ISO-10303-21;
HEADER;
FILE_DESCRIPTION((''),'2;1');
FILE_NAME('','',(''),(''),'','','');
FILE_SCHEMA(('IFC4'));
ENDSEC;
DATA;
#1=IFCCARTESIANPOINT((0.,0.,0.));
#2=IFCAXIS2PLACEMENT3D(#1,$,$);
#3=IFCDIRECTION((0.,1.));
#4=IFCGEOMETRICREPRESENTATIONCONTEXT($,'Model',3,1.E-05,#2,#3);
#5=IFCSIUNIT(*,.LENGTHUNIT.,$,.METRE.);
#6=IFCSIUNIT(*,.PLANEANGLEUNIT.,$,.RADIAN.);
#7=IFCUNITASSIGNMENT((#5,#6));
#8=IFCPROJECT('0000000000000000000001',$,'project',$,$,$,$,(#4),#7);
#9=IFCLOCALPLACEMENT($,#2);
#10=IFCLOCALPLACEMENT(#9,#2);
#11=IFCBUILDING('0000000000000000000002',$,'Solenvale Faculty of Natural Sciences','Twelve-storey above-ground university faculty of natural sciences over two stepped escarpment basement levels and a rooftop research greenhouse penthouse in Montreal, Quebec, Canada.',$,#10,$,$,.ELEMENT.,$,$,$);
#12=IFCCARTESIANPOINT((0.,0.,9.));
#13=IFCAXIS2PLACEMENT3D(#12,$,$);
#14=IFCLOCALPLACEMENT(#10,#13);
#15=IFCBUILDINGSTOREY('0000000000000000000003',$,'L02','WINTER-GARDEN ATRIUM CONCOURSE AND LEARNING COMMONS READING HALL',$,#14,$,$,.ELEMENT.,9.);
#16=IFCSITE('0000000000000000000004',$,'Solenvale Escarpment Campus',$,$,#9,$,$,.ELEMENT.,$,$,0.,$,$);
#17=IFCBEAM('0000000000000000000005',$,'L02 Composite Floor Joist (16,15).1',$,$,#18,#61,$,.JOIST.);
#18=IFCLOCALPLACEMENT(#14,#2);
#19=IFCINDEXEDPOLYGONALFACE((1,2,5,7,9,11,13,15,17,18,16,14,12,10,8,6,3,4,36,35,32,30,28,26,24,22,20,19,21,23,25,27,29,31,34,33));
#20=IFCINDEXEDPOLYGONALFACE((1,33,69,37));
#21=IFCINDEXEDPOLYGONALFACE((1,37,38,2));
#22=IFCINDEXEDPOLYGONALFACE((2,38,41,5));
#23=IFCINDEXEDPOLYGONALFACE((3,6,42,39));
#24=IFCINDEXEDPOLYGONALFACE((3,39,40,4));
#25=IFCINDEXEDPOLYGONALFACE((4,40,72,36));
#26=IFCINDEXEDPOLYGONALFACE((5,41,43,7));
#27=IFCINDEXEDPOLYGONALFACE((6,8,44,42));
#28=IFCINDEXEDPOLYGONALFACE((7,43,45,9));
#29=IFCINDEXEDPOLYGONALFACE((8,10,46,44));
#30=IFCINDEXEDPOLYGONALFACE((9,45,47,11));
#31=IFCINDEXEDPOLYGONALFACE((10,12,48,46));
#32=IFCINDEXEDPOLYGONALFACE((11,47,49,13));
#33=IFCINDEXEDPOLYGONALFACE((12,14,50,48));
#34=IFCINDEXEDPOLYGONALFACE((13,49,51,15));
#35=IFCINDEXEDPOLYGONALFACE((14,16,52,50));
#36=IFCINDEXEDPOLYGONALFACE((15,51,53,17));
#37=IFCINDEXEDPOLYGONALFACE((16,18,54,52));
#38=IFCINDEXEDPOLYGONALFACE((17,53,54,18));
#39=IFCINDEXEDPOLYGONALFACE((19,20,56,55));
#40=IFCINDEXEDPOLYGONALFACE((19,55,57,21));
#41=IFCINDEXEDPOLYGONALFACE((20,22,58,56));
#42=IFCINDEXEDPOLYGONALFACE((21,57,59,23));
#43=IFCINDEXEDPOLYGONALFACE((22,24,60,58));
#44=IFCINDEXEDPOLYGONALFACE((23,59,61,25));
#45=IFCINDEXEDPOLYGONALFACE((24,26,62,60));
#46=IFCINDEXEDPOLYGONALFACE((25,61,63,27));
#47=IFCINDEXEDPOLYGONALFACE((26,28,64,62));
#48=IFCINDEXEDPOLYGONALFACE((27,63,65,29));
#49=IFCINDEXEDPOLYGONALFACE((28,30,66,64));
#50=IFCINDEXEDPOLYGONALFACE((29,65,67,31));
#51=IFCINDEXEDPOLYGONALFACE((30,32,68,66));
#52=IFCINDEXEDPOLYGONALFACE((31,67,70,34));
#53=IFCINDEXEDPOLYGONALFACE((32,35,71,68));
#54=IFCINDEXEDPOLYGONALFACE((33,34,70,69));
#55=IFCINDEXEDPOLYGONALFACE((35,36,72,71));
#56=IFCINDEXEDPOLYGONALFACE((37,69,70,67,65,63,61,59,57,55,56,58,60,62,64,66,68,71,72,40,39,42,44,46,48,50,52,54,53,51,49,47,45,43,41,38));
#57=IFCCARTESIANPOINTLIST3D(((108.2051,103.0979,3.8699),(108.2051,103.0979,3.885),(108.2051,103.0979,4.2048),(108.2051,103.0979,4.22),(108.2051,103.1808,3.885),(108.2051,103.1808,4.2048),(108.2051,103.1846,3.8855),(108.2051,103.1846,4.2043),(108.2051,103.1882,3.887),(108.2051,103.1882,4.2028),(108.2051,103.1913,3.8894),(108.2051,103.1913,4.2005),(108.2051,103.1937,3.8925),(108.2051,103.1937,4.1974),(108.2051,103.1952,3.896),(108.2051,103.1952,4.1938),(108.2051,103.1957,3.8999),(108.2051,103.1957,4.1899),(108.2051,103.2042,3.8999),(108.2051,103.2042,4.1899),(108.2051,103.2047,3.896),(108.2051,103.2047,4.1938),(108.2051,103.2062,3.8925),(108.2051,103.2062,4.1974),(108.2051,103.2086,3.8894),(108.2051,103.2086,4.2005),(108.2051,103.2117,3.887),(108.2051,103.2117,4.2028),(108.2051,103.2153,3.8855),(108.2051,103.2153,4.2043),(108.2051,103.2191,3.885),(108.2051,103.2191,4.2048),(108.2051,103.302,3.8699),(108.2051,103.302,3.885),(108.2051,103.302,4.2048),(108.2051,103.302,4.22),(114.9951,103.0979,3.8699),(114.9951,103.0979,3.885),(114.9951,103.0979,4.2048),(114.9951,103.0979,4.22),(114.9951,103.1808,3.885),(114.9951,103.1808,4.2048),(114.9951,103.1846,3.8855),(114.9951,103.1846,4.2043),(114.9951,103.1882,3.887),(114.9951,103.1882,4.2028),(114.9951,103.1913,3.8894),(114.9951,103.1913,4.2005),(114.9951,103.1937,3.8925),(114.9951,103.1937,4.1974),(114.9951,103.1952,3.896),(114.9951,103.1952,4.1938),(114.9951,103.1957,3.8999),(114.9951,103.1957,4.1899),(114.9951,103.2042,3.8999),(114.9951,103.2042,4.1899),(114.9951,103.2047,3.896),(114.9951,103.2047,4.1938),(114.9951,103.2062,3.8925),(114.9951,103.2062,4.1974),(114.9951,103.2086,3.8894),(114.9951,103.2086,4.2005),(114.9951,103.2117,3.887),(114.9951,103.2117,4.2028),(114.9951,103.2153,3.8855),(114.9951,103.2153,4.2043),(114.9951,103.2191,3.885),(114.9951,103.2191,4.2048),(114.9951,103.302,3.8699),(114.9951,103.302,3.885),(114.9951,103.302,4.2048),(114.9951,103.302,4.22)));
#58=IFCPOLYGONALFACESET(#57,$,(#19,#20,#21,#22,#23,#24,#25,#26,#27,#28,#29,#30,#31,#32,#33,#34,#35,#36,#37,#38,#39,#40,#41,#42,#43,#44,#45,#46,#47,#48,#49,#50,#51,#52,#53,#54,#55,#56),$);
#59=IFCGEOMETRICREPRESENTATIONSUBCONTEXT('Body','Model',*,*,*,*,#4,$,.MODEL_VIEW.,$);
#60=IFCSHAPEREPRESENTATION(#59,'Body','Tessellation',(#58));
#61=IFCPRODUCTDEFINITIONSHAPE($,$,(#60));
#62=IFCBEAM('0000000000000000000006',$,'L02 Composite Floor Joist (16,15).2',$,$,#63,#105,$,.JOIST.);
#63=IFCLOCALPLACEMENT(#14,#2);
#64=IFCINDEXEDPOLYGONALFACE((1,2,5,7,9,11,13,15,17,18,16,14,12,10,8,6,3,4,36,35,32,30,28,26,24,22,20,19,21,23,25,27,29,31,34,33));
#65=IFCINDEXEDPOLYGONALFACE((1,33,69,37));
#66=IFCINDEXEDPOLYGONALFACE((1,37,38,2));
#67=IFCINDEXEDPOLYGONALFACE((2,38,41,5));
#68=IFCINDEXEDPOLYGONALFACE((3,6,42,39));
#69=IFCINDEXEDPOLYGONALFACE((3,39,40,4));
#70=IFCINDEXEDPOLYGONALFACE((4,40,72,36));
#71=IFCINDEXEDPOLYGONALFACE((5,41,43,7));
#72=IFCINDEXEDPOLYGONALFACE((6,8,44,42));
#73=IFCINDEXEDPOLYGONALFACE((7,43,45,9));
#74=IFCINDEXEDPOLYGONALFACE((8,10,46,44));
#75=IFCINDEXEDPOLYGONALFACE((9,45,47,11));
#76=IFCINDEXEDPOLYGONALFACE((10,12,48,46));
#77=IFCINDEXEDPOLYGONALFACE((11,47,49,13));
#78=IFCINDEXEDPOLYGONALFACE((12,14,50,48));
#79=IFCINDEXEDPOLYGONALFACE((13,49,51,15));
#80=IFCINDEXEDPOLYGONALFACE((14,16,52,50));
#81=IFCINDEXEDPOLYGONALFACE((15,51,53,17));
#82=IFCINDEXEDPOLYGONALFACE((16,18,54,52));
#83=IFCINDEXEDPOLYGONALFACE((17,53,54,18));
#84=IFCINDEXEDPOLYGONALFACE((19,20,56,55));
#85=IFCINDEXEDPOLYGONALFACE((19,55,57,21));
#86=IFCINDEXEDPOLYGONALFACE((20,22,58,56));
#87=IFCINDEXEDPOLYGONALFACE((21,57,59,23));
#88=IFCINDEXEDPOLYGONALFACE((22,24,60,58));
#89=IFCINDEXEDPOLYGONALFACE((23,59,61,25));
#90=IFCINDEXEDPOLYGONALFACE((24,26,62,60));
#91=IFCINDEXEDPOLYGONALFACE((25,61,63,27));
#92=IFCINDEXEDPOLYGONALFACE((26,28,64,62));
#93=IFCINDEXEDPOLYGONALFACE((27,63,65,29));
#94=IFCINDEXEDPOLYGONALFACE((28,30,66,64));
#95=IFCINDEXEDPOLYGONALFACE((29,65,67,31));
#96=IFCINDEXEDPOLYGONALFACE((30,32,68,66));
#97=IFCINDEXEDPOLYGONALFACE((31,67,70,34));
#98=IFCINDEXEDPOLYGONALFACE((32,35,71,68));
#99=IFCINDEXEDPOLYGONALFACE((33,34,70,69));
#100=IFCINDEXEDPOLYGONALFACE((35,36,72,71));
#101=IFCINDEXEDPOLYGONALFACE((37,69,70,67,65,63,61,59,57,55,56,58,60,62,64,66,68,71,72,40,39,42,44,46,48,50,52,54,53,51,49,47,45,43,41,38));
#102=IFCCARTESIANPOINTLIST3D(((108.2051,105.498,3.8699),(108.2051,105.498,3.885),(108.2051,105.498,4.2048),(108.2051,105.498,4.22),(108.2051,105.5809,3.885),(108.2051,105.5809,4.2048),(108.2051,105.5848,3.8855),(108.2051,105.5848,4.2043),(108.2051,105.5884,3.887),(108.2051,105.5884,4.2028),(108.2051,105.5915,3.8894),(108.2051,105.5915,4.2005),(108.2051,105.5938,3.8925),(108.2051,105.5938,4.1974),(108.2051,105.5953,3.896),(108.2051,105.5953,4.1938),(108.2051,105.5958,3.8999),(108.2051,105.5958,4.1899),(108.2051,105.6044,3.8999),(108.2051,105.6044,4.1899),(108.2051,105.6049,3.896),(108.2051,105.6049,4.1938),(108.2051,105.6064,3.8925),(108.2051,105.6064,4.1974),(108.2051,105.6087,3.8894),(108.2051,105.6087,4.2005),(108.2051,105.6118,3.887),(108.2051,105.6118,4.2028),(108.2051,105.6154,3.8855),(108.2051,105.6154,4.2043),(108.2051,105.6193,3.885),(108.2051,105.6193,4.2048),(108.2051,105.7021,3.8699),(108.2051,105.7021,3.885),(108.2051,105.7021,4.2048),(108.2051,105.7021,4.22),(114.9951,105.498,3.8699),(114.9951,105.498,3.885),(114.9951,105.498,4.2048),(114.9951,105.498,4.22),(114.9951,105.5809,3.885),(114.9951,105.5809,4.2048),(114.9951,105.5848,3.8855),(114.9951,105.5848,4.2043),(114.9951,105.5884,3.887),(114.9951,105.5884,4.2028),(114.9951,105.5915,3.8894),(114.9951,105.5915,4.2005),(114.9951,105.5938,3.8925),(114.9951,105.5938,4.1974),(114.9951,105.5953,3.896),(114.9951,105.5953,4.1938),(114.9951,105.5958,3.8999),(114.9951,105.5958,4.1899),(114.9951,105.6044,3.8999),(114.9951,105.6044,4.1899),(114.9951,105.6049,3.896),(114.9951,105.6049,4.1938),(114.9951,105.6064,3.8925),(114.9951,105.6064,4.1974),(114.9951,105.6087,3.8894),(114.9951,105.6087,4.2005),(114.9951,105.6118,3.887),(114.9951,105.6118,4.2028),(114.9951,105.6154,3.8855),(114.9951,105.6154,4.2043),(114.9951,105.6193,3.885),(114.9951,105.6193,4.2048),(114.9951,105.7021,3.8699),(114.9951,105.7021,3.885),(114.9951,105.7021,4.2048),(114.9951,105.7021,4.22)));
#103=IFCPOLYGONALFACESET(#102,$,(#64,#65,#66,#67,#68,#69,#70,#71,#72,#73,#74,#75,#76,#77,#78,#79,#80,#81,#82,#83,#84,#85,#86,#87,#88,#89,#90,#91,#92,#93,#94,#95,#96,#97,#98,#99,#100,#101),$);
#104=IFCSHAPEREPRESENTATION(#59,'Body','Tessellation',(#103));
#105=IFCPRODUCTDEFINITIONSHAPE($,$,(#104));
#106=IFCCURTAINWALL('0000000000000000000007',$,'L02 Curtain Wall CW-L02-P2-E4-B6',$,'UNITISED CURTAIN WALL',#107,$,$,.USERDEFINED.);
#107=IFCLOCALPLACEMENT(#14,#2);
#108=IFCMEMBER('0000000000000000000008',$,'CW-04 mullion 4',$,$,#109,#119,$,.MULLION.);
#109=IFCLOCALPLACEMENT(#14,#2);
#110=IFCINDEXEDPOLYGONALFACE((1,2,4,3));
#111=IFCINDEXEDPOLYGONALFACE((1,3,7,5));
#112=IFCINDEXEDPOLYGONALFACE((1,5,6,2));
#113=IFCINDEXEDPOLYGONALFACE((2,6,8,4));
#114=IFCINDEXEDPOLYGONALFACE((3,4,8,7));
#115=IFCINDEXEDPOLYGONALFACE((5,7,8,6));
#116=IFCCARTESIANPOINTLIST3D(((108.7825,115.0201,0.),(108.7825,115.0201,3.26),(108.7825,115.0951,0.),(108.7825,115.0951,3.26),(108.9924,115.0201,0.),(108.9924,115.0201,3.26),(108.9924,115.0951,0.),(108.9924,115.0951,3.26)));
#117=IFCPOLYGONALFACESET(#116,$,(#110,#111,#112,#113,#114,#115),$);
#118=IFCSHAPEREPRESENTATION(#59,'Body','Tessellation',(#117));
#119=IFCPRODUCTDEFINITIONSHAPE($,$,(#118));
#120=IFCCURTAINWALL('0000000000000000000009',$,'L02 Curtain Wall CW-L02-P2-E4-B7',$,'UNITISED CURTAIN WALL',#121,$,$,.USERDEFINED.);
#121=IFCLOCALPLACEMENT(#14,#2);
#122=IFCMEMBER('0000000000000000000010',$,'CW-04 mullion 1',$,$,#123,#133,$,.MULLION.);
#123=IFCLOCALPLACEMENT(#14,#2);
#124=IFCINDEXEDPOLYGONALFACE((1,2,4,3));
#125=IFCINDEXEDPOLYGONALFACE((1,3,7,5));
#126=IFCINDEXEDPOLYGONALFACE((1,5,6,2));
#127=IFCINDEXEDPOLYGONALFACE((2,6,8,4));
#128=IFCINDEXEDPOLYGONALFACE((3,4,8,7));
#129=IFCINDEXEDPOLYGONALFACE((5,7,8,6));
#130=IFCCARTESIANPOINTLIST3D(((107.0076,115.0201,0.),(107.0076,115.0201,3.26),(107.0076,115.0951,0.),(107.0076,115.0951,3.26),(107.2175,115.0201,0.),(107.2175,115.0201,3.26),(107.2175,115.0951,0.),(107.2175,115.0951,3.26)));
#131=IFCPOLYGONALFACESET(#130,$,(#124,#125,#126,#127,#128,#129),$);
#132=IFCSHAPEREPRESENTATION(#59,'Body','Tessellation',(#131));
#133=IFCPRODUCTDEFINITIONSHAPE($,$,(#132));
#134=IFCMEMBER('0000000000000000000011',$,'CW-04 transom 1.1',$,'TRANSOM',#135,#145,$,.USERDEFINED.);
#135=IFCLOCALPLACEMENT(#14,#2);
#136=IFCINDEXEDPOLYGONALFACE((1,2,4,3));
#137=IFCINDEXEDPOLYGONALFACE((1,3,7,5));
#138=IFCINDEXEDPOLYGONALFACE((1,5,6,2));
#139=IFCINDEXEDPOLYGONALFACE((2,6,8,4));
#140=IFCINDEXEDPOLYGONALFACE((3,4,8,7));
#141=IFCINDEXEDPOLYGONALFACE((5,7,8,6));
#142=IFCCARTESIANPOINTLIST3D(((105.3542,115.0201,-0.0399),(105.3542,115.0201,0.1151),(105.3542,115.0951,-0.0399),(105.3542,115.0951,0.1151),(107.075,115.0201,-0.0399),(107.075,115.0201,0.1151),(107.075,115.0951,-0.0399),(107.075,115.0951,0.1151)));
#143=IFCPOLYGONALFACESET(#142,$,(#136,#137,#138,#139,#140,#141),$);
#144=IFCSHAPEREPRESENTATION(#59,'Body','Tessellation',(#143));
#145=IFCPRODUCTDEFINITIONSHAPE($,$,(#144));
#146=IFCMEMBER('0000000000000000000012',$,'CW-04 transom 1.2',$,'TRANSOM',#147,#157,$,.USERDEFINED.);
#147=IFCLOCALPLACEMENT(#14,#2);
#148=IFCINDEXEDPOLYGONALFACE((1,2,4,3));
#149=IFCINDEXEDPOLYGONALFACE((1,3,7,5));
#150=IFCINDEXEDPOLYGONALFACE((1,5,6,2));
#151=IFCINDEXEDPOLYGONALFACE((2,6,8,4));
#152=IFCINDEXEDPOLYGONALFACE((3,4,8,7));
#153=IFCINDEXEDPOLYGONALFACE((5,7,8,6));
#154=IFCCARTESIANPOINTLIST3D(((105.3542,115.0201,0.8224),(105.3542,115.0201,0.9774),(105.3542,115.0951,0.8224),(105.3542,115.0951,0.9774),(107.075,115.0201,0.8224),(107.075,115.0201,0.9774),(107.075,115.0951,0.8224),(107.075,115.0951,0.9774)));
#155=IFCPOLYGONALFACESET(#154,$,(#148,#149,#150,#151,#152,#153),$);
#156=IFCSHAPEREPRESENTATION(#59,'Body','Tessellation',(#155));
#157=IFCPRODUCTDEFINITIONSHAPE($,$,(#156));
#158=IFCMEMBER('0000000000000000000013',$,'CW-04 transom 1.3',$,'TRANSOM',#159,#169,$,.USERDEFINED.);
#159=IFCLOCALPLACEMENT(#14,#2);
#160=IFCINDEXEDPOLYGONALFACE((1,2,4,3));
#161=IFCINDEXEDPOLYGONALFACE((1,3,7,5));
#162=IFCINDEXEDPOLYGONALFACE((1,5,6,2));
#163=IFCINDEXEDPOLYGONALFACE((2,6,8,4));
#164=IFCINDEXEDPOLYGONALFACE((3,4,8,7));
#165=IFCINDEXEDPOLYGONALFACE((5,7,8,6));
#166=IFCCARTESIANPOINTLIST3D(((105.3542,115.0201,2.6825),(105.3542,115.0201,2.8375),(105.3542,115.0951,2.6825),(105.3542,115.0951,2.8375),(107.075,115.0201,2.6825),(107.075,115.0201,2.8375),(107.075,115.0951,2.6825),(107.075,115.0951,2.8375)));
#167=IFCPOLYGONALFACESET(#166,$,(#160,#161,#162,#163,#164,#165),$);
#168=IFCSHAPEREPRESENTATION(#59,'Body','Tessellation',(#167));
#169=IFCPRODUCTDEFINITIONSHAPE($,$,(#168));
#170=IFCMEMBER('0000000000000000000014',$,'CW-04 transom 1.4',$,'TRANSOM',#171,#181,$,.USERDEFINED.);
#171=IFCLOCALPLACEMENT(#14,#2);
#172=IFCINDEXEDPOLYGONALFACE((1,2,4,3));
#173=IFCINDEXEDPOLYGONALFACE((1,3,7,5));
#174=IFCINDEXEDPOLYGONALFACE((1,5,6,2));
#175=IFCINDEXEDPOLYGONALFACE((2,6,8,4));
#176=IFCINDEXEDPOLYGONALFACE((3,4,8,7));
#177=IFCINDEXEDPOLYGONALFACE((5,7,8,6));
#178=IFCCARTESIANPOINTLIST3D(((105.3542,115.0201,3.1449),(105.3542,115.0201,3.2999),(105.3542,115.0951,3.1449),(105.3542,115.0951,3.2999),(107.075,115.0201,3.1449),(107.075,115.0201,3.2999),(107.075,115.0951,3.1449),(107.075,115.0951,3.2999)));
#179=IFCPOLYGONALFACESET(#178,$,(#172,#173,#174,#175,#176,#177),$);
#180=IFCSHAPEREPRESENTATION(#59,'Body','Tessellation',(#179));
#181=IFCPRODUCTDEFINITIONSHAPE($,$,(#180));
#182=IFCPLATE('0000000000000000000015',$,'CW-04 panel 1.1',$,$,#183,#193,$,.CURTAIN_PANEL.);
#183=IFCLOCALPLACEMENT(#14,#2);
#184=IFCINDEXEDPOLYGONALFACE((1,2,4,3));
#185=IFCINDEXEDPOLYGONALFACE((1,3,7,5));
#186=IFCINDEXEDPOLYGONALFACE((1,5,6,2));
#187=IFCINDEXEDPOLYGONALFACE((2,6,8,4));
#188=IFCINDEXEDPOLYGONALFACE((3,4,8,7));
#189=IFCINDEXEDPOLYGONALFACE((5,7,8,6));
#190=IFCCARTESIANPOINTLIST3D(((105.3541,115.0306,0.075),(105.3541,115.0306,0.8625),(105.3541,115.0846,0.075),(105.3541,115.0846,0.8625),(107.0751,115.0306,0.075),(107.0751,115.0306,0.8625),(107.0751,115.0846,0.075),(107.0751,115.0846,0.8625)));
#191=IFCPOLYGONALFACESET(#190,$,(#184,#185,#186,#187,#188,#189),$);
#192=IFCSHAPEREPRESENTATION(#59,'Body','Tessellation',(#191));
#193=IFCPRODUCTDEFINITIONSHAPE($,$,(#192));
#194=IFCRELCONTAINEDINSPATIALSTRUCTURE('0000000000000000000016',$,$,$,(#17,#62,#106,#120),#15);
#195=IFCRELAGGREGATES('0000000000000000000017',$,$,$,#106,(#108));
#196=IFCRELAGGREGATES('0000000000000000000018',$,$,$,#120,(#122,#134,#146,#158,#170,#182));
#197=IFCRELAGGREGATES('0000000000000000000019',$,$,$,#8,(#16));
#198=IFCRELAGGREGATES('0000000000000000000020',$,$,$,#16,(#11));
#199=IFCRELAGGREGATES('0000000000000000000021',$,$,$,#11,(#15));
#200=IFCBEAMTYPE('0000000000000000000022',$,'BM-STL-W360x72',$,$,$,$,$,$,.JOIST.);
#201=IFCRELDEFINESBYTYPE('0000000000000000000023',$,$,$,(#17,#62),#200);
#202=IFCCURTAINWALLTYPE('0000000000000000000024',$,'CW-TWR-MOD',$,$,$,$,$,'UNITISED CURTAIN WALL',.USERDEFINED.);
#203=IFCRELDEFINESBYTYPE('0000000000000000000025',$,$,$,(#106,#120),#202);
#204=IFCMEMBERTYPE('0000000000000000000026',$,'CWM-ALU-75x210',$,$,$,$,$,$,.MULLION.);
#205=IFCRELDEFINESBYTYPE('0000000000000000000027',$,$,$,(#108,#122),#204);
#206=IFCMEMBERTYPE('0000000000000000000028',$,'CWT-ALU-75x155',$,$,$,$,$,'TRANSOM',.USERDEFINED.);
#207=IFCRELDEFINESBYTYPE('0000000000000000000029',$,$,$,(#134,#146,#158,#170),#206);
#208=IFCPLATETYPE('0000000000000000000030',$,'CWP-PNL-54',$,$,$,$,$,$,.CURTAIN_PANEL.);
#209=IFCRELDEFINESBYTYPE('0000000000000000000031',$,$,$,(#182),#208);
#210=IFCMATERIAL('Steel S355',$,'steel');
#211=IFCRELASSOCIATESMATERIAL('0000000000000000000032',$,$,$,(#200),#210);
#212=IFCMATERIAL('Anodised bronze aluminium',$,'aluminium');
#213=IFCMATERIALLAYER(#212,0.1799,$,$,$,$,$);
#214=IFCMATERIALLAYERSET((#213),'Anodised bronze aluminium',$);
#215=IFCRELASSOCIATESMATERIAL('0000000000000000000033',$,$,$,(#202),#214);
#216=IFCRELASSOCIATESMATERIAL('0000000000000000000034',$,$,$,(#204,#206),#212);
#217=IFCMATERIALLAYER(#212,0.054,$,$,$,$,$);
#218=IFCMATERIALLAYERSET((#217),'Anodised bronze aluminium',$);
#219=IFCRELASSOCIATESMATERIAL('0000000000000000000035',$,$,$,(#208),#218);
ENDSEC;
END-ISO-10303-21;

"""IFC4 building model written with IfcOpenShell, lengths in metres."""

from ifc_helpers import new_model, si_unit, direction, frame, origin, origin_2d, place, context, subcontext, project, spatial, rectangle, i_section, extrude, material, layer, layer_set, material_profile, profile_set, type_object, element, aggregate, save


model = new_model("IFC4")

# Units and contexts
model_context = context("Model", 3, precision=1e-05, world=origin(), true_north=direction((0.0, 1.0)))
body_context = subcontext(model_context, "Body", "Model", "MODEL_VIEW")
ifc_project = project(units=[si_unit("LENGTHUNIT", "METRE"), si_unit("PLANEANGLEUNIT", "RADIAN")], contexts=[model_context])

# Site, building, storey
site_placement = place(None, origin())
site = spatial("IfcSite", under=ifc_project, at=site_placement, Name="Solenvale Escarpment Campus", CompositionType="ELEMENT", RefElevation=0.0)
building_placement = place(site_placement, origin())
building = spatial("IfcBuilding", under=site, at=building_placement, Name="Solenvale Faculty of Natural Sciences", Description="Twelve-storey above-ground university faculty of natural sciences over two stepped escarpment basement levels and a rooftop research greenhouse penthouse in Montreal, Quebec, Canada.", CompositionType="ELEMENT")
storey_placement = place(building_placement, frame((0.0, 0.0, 9.0)))
storey = spatial("IfcBuildingStorey", under=building, at=storey_placement, Name="L02", Description="WINTER-GARDEN ATRIUM CONCOURSE AND LEARNING COMMONS READING HALL", CompositionType="ELEMENT", Elevation=9.0)

# Beams
ifc_material_1 = material(Name="Steel S355", Category="steel")
ifc_material_profile_1 = material_profile(ifc_material_1, i_section(OverallWidth=0.2041, OverallDepth=0.3501, WebThickness=0.0085, FlangeThickness=0.0151, FilletRadius=0.0149, at=origin_2d()), Name="W360x72")
ifc_profile_set_1 = profile_set([ifc_material_profile_1], Name="Steel S355")
beam_type_1 = type_object("IfcBeamType", Name="BM-STL-W360x72", PredefinedType="JOIST", material=ifc_profile_set_1)
for number, where, z_axis, x_axis, name in (
    (1, (108.2051, 103.2, 4.0449), (1.0, 0.0, 0.0), (0.0, 1.0, 0.0), "L02 Composite Floor Joist (16,15).1"),
    (2, (108.2051, 105.6001, 4.0449), (1.0, 0.0, 0.0), (0.0, 1.0, 0.0), "L02 Composite Floor Joist (16,15).2"),
):
    element("IfcBeam", number, at=place(storey_placement, frame(where, z_axis=z_axis, x_axis=x_axis)), inside=storey, type_object=beam_type_1, Name=name, PredefinedType="JOIST", context=body_context, shape_type="SweptSolid", body=[
        extrude(i_section(OverallWidth=0.2041, OverallDepth=0.3501, WebThickness=0.0085, FlangeThickness=0.0151, FilletRadius=0.0149, at=origin_2d()), origin(), (0.0, 0.0, 1.0), 6.79),
    ])

# Curtain wall, member
ifc_material_2 = material(Name="Anodised bronze aluminium", Category="aluminium")
ifc_layer_1 = layer(ifc_material_2, 0.1799)
ifc_layer_set_1 = layer_set([ifc_layer_1], Name="Anodised bronze aluminium")
curtain_wall_type = type_object("IfcCurtainWallType", Name="CW-TWR-MOD", ElementType="UNITISED CURTAIN WALL", PredefinedType="USERDEFINED", material=ifc_layer_set_1)
curtain_wall_1_placement = place(storey_placement, origin())
curtain_wall_1 = element("IfcCurtainWall", 3, at=curtain_wall_1_placement, inside=storey, type_object=curtain_wall_type, Name="L02 Curtain Wall CW-L02-P2-E4-B6", ObjectType="UNITISED CURTAIN WALL", PredefinedType="USERDEFINED")
ifc_material_profile_2 = material_profile(ifc_material_2, rectangle(XDim=0.075, YDim=0.21, at=origin_2d()), Name="ALU-MUL-75x210")
ifc_profile_set_2 = profile_set([ifc_material_profile_2], Name="Anodised bronze aluminium")
member_type_1 = type_object("IfcMemberType", Name="CWM-ALU-75x210", PredefinedType="MULLION", material=ifc_profile_set_2)
member_1_placement = place(storey_placement, frame((108.8875, 115.0576, 0.0), z_axis=(0.0, 0.0, 1.0), x_axis=(0.0, -1.0, 0.0)))
member_1 = element("IfcMember", 4, at=member_1_placement, type_object=member_type_1, Name="CW-04 mullion 4", PredefinedType="MULLION", context=body_context, shape_type="SweptSolid", body=[
    extrude(rectangle(XDim=0.075, YDim=0.21, at=origin_2d()), origin(), (0.0, 0.0, 1.0), 3.26),
])
aggregate(curtain_wall_1, [member_1])

# Curtain wall, members, plate
curtain_wall_2_placement = place(storey_placement, origin())
curtain_wall_2 = element("IfcCurtainWall", 5, at=curtain_wall_2_placement, inside=storey, type_object=curtain_wall_type, Name="L02 Curtain Wall CW-L02-P2-E4-B7", ObjectType="UNITISED CURTAIN WALL", PredefinedType="USERDEFINED")
member_2_placement = place(storey_placement, frame((107.1125, 115.0576, 0.0), z_axis=(0.0, 0.0, 1.0), x_axis=(0.0, -1.0, 0.0)))
member_2 = element("IfcMember", 6, at=member_2_placement, type_object=member_type_1, Name="CW-04 mullion 1", PredefinedType="MULLION", context=body_context, shape_type="SweptSolid", body=[
    extrude(rectangle(XDim=0.075, YDim=0.21, at=origin_2d()), origin(), (0.0, 0.0, 1.0), 3.26),
])
ifc_material_profile_3 = material_profile(ifc_material_2, rectangle(XDim=0.075, YDim=0.155, at=origin_2d()), Name="ALU-TRN-75x155")
ifc_profile_set_3 = profile_set([ifc_material_profile_3], Name="Anodised bronze aluminium")
member_type_2 = type_object("IfcMemberType", Name="CWT-ALU-75x155", ElementType="TRANSOM", PredefinedType="USERDEFINED", material=ifc_profile_set_3)
member_3_placement = place(storey_placement, frame((107.075, 115.0576, 0.0376), z_axis=(-1.0, 0.0, 0.0), x_axis=(0.0, -1.0, 0.0)))
member_3 = element("IfcMember", 7, at=member_3_placement, type_object=member_type_2, Name="CW-04 transom 1.1", ObjectType="TRANSOM", PredefinedType="USERDEFINED", context=body_context, shape_type="SweptSolid", body=[
    extrude(rectangle(XDim=0.075, YDim=0.155, at=origin_2d()), origin(), (0.0, 0.0, 1.0), 1.7207),
])
member_4_placement = place(storey_placement, frame((107.075, 115.0576, 0.8999), z_axis=(-1.0, 0.0, 0.0), x_axis=(0.0, -1.0, 0.0)))
member_4 = element("IfcMember", 8, at=member_4_placement, type_object=member_type_2, Name="CW-04 transom 1.2", ObjectType="TRANSOM", PredefinedType="USERDEFINED", context=body_context, shape_type="SweptSolid", body=[
    extrude(rectangle(XDim=0.075, YDim=0.155, at=origin_2d()), origin(), (0.0, 0.0, 1.0), 1.7207),
])
member_5_placement = place(storey_placement, frame((107.075, 115.0576, 2.76), z_axis=(-1.0, 0.0, 0.0), x_axis=(0.0, -1.0, 0.0)))
member_5 = element("IfcMember", 9, at=member_5_placement, type_object=member_type_2, Name="CW-04 transom 1.3", ObjectType="TRANSOM", PredefinedType="USERDEFINED", context=body_context, shape_type="SweptSolid", body=[
    extrude(rectangle(XDim=0.075, YDim=0.155, at=origin_2d()), origin(), (0.0, 0.0, 1.0), 1.7207),
])
member_6_placement = place(storey_placement, frame((107.075, 115.0576, 3.2224), z_axis=(-1.0, 0.0, 0.0), x_axis=(0.0, -1.0, 0.0)))
member_6 = element("IfcMember", 10, at=member_6_placement, type_object=member_type_2, Name="CW-04 transom 1.4", ObjectType="TRANSOM", PredefinedType="USERDEFINED", context=body_context, shape_type="SweptSolid", body=[
    extrude(rectangle(XDim=0.075, YDim=0.155, at=origin_2d()), origin(), (0.0, 0.0, 1.0), 1.7207),
])
ifc_layer_2 = layer(ifc_material_2, 0.054)
ifc_layer_set_2 = layer_set([ifc_layer_2], Name="Anodised bronze aluminium")
plate_type = type_object("IfcPlateType", Name="CWP-PNL-54", PredefinedType="CURTAIN_PANEL", material=ifc_layer_set_2)
plate_1_placement = place(storey_placement, frame((106.2146, 115.0576, 0.075), z_axis=(0.0, 0.0, 1.0), x_axis=(-1.0, 0.0, 0.0)))
plate_1 = element("IfcPlate", 11, at=plate_1_placement, type_object=plate_type, Name="CW-04 panel 1.1", PredefinedType="CURTAIN_PANEL", context=body_context, shape_type="SweptSolid", body=[
    extrude(rectangle(XDim=1.7209, YDim=0.054, at=origin_2d()), origin(), (0.0, 0.0, 1.0), 0.7876),
])
aggregate(curtain_wall_2, [member_2, member_3, member_4, member_5, member_6, plate_1])

save(model, "model.ifc")
